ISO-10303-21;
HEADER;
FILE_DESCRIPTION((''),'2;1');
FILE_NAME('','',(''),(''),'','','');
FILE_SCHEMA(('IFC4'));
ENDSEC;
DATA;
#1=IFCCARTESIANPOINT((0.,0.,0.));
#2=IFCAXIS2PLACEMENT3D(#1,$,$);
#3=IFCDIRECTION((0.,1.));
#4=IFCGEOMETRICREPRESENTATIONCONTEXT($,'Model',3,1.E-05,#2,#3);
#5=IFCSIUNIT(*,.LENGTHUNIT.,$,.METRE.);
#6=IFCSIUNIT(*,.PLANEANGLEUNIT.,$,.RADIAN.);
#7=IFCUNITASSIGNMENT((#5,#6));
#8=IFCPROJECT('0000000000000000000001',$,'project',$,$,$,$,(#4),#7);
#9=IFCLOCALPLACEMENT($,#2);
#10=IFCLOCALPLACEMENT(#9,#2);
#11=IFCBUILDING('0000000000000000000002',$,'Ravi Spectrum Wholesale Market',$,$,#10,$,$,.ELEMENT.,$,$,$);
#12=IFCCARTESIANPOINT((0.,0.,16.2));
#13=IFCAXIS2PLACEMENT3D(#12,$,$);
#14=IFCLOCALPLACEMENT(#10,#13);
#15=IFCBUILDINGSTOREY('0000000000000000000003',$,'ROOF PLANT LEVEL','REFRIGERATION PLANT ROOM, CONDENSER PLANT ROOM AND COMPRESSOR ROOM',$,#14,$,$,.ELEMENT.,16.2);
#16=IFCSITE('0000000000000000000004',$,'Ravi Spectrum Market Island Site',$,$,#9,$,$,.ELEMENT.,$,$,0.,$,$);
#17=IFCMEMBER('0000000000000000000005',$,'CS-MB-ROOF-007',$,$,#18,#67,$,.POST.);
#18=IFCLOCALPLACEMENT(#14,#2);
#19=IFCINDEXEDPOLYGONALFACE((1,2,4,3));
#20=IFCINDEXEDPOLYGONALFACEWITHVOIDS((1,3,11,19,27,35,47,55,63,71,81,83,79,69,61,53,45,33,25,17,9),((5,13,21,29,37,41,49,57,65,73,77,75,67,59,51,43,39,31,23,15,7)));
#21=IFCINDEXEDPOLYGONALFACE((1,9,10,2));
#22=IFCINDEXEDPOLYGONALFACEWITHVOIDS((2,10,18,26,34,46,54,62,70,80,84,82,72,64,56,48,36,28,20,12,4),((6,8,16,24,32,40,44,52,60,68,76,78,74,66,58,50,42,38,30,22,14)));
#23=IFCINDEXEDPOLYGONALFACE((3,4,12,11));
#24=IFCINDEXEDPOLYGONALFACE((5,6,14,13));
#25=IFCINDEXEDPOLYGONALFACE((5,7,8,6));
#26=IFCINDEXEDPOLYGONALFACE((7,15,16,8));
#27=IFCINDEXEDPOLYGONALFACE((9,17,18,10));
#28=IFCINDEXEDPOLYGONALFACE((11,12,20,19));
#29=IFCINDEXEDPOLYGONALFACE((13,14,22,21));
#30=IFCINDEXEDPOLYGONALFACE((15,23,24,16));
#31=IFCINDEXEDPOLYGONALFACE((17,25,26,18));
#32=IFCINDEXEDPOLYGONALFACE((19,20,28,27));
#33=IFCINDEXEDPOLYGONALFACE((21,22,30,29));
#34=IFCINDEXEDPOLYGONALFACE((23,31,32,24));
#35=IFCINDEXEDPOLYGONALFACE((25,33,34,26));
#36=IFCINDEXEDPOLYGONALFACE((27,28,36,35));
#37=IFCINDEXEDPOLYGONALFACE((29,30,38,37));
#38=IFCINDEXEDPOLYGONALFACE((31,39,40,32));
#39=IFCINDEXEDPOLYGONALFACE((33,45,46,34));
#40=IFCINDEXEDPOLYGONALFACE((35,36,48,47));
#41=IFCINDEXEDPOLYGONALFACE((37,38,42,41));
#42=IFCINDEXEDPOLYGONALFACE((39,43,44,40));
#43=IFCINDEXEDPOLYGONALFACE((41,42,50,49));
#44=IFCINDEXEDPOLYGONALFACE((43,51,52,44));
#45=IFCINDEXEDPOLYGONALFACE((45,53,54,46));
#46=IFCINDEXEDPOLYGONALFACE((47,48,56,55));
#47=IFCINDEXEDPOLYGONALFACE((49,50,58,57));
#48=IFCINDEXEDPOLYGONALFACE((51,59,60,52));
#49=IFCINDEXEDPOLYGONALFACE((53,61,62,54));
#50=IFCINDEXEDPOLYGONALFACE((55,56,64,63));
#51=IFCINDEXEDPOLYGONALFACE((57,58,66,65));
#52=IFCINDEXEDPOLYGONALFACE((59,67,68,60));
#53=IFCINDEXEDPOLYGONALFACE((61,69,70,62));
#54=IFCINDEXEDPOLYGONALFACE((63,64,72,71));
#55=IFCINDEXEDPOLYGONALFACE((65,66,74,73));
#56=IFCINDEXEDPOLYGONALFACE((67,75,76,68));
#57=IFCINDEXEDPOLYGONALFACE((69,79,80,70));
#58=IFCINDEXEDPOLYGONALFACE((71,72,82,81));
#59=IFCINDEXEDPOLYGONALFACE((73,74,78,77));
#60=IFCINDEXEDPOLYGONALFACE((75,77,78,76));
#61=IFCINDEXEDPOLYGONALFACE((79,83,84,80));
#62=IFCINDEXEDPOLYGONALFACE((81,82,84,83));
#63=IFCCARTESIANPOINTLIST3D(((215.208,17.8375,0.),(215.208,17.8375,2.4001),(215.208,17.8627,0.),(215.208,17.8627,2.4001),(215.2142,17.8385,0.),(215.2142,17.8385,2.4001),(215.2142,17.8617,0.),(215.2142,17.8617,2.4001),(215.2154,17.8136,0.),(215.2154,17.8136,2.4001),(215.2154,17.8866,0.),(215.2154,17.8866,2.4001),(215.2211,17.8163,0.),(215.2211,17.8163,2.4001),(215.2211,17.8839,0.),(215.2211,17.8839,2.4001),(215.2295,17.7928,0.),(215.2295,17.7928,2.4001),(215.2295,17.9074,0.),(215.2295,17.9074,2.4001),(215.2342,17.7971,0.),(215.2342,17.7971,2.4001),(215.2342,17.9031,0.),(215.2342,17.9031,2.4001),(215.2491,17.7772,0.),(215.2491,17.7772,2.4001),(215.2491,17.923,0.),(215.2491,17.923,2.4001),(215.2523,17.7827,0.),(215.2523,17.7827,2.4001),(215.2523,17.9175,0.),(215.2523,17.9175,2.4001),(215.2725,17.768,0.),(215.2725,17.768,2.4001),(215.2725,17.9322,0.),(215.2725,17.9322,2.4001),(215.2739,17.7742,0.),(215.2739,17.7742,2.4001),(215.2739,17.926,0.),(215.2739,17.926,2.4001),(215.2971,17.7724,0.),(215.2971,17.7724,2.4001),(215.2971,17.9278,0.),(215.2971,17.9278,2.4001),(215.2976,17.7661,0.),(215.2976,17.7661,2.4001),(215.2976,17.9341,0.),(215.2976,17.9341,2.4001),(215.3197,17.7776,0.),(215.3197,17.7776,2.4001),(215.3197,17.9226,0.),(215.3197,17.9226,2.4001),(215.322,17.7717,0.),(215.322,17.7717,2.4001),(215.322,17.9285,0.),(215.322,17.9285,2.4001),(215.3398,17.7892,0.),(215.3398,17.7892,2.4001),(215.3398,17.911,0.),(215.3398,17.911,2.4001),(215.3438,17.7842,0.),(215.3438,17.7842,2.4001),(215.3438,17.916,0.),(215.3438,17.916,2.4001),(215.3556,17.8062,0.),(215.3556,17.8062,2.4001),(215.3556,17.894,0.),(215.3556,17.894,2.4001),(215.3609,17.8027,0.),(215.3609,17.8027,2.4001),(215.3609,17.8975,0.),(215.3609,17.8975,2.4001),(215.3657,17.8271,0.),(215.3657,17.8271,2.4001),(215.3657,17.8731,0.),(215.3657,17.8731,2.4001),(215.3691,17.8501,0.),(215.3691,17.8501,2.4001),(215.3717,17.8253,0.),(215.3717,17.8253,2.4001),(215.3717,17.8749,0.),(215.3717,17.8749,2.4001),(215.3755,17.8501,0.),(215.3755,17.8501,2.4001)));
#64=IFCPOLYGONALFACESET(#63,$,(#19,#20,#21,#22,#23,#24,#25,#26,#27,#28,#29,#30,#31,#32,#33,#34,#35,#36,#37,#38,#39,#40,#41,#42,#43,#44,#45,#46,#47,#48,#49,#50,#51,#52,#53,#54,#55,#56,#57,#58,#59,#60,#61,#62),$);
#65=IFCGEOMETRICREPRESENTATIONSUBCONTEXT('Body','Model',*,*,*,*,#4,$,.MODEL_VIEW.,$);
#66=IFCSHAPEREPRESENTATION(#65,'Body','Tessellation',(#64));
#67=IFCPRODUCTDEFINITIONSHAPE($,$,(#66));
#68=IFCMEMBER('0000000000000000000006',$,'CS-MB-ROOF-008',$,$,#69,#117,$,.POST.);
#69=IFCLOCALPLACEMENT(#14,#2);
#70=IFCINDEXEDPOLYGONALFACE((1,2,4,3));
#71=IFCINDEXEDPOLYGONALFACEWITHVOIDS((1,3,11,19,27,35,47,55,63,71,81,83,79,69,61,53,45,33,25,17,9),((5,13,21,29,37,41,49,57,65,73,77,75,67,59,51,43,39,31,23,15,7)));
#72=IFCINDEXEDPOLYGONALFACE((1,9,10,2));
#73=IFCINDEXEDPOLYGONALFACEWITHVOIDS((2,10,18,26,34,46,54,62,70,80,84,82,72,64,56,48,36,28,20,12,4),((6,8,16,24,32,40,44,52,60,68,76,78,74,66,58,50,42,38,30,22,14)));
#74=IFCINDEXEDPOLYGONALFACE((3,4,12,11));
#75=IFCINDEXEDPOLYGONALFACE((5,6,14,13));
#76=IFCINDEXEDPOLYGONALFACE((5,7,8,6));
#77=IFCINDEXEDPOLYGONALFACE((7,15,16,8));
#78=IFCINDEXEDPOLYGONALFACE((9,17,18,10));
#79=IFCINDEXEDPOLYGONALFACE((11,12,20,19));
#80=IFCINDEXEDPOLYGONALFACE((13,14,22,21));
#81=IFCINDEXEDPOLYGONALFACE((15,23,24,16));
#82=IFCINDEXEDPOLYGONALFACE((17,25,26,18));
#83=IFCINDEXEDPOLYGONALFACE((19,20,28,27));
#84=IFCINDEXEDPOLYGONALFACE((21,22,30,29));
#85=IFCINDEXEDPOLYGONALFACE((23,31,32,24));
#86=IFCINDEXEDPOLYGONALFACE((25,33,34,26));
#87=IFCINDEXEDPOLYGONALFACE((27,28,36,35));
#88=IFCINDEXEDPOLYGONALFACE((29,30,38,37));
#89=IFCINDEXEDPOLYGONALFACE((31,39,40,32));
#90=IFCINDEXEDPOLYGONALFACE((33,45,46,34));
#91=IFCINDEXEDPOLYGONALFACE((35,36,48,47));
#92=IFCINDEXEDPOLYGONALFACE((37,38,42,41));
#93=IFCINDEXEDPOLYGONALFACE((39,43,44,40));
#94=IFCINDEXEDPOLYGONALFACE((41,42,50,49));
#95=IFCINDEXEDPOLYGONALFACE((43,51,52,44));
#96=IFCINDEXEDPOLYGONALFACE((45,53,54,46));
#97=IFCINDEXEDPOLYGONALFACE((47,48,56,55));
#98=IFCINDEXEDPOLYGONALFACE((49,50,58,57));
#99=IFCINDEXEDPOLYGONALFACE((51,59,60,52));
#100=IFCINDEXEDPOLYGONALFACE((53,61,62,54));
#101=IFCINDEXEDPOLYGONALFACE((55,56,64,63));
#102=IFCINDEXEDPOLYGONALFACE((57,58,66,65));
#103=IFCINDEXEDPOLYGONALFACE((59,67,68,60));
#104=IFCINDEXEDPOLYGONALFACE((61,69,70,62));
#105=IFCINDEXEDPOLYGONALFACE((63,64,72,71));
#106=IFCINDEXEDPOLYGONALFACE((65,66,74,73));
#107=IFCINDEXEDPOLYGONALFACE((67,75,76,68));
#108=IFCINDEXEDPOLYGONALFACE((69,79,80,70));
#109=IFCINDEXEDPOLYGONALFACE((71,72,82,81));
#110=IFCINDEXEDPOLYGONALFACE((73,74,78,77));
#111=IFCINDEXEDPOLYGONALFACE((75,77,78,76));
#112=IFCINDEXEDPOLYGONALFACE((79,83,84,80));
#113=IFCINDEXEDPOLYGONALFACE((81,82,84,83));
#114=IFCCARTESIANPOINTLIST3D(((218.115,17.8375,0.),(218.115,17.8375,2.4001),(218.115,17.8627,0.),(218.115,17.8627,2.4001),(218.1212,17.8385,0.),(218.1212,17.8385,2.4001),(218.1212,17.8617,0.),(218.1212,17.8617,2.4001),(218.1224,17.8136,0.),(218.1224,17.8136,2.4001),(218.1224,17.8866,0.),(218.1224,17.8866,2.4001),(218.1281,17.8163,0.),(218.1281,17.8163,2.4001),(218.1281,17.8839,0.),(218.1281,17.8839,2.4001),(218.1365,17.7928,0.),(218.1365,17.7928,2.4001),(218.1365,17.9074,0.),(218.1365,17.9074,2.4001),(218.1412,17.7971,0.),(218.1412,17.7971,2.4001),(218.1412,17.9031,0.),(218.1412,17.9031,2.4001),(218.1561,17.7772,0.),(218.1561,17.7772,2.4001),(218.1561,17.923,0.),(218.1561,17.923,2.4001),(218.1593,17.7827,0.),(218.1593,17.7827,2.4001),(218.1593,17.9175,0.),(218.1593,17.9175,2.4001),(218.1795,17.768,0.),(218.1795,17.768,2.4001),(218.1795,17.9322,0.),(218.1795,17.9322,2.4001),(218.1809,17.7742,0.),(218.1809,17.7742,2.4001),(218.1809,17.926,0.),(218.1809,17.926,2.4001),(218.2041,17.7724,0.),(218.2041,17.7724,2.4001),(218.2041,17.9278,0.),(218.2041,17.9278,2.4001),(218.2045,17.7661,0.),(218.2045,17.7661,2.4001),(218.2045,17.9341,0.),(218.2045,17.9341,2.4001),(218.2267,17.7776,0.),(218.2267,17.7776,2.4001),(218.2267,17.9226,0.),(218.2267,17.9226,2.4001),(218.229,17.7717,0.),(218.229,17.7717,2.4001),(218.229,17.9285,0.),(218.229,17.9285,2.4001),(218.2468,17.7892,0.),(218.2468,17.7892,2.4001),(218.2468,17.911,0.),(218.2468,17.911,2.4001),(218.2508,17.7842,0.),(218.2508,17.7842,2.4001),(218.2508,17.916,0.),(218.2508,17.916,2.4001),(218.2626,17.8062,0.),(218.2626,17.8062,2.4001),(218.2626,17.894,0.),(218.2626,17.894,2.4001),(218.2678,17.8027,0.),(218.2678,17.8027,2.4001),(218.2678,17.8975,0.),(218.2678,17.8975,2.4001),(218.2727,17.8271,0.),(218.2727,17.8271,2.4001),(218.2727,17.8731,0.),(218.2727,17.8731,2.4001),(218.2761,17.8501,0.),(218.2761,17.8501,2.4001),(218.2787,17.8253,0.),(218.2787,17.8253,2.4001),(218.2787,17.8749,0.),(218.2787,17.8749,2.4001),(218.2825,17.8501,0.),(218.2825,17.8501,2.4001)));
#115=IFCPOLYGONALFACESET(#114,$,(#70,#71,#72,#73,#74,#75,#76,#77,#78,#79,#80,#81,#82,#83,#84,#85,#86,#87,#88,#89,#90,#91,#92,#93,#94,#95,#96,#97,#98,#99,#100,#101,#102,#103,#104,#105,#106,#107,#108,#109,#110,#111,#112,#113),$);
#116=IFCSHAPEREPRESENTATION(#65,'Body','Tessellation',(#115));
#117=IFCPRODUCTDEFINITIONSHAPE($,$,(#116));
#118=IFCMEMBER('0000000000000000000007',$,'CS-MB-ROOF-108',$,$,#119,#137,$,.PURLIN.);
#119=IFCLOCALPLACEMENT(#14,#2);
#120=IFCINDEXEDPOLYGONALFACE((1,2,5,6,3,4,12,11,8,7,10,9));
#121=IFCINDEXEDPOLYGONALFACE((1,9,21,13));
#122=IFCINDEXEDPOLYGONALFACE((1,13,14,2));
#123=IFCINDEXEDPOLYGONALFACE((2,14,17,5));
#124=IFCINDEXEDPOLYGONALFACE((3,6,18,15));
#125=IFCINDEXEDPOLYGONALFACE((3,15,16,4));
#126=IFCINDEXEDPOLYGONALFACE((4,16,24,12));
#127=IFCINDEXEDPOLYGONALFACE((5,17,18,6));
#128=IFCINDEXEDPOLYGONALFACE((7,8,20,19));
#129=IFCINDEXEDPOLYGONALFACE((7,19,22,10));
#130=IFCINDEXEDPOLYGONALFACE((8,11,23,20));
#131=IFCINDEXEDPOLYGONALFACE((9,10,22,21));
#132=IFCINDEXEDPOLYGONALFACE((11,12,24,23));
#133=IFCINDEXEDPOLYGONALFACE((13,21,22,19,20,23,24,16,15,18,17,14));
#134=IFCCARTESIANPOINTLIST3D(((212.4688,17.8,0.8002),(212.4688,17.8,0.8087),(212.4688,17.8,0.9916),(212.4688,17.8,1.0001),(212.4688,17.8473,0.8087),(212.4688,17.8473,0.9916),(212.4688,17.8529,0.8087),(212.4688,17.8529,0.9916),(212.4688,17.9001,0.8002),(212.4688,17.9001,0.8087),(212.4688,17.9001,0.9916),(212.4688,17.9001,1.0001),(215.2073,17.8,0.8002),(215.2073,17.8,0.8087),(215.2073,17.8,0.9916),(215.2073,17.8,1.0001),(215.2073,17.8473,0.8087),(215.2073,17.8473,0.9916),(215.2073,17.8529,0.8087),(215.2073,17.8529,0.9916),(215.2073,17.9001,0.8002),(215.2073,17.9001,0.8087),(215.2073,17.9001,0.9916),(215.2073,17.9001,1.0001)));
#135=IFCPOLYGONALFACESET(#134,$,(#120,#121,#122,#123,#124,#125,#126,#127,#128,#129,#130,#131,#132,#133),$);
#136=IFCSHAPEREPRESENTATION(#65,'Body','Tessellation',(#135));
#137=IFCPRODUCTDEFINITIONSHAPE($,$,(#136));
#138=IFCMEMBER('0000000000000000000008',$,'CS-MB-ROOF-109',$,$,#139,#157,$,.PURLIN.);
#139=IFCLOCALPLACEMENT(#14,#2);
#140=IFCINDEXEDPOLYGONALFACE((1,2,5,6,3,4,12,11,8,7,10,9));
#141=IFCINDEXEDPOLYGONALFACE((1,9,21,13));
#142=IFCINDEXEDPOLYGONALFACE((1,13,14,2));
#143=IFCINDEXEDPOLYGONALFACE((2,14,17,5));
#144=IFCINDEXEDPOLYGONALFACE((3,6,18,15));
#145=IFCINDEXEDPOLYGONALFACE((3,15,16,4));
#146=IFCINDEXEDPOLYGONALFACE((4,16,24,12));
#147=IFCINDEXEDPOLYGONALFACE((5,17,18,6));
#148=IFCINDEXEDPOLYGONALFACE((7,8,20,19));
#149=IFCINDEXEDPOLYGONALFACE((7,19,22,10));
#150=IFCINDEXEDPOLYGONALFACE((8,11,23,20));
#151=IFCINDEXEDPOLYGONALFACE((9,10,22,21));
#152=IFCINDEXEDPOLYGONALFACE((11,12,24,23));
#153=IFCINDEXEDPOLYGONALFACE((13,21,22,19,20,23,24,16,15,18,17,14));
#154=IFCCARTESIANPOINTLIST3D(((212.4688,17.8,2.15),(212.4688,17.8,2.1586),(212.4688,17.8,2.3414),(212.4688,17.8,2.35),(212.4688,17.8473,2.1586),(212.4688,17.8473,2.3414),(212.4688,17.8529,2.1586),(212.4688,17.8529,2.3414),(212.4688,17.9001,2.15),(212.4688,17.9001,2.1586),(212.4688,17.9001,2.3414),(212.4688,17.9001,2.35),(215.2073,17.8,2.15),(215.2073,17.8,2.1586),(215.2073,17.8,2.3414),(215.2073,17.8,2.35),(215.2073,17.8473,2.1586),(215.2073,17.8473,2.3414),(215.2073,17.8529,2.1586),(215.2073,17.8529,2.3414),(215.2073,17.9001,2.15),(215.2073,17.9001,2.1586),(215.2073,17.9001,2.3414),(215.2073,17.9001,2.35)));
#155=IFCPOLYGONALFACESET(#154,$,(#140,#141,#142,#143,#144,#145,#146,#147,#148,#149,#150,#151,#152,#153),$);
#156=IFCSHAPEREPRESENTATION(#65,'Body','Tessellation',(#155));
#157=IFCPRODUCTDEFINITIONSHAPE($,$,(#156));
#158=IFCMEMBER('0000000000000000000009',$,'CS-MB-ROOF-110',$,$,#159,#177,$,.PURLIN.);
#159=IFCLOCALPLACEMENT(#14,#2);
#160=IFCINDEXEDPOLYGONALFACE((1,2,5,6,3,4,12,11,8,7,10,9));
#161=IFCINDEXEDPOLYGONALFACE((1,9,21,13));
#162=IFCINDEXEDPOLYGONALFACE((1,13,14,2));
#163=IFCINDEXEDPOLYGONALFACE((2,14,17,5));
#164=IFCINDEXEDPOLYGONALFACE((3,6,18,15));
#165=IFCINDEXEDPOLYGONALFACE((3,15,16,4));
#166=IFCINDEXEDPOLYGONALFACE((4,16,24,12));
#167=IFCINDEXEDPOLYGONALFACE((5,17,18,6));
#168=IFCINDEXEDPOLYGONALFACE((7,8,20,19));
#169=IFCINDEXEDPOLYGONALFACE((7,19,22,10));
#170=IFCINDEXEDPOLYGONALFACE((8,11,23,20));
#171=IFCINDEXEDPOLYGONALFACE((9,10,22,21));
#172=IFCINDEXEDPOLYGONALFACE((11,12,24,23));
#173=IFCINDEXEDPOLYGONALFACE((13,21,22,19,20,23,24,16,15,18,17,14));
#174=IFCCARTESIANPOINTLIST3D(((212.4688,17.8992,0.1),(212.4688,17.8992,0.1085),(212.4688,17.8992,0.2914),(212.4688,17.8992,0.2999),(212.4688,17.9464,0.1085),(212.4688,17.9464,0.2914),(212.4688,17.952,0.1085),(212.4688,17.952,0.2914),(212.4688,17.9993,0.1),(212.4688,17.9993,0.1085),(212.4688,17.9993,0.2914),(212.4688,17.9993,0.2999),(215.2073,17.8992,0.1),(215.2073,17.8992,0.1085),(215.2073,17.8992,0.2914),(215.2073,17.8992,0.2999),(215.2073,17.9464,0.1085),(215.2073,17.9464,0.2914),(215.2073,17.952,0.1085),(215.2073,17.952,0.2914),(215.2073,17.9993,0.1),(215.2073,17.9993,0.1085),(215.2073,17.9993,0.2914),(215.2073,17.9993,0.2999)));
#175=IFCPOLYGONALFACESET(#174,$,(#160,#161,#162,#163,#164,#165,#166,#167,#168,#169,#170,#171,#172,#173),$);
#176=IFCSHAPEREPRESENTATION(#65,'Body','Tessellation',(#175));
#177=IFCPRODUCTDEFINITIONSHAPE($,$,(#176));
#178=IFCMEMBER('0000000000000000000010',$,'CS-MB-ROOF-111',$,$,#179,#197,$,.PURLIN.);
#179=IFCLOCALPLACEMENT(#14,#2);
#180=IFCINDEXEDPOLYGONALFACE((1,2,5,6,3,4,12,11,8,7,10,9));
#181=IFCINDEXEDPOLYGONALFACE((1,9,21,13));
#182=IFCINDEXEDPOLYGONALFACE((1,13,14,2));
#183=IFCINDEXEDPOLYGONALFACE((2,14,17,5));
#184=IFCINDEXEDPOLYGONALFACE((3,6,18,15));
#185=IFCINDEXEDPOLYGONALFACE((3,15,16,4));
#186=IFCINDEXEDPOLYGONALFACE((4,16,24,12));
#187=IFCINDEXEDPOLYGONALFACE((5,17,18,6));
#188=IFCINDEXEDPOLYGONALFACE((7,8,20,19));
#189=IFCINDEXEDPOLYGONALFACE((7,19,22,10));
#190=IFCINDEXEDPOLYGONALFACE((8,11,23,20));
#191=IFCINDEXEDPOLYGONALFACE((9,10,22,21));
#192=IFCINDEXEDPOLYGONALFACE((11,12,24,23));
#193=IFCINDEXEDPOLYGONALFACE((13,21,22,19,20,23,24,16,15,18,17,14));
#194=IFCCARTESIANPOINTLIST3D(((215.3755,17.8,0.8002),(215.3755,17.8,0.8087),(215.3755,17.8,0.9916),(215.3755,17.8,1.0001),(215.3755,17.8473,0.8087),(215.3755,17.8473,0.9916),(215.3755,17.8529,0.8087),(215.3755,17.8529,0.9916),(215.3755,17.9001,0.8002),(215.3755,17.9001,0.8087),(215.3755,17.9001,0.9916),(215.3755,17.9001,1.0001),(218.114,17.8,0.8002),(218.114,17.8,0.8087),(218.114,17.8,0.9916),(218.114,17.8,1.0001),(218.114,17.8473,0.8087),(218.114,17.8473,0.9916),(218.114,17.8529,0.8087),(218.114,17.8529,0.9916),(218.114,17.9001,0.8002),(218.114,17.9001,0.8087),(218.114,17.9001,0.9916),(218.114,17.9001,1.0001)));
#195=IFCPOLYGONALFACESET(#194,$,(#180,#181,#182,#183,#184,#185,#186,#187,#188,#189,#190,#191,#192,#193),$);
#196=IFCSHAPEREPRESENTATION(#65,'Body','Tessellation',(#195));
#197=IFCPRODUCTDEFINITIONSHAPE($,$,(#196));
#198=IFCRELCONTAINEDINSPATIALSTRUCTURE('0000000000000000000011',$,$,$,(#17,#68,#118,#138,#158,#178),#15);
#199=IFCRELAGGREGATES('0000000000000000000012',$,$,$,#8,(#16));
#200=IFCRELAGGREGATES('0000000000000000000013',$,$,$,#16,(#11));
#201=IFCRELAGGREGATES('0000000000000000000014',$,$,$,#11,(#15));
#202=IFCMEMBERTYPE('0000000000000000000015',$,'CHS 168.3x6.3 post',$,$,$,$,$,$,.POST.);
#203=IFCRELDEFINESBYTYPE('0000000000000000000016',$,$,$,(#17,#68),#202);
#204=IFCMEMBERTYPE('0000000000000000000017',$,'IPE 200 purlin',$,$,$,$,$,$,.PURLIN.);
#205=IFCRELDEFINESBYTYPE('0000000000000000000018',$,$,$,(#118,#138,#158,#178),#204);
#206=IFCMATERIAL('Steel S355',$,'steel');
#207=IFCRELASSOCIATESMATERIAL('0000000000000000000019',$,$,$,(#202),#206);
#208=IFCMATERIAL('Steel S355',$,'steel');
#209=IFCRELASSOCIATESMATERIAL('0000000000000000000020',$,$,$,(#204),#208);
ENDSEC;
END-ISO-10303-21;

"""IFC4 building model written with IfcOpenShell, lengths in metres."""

from ifc_helpers import new_model, si_unit, direction, frame, origin, origin_2d, place, context, subcontext, project, spatial, hollow_circle, i_section, extrude, material, material_profile, profile_set, type_object, element, save


model = new_model("IFC4")

# Units and contexts
model_context = context("Model", 3, precision=1e-05, world=origin(), true_north=direction((0.0, 1.0)))
body_context = subcontext(model_context, "Body", "Model", "MODEL_VIEW")
ifc_project = project(units=[si_unit("LENGTHUNIT", "METRE"), si_unit("PLANEANGLEUNIT", "RADIAN")], contexts=[model_context])

# Site, building, storey
site_placement = place(None, origin())
site = spatial("IfcSite", under=ifc_project, at=site_placement, Name="Ravi Spectrum Market Island Site", CompositionType="ELEMENT", RefElevation=0.0)
building_placement = place(site_placement, origin())
building = spatial("IfcBuilding", under=site, at=building_placement, Name="Ravi Spectrum Wholesale Market", CompositionType="ELEMENT")
storey_placement = place(building_placement, frame((0.0, 0.0, 16.2)))
storey = spatial("IfcBuildingStorey", under=building, at=storey_placement, Name="ROOF PLANT LEVEL", Description="REFRIGERATION PLANT ROOM, CONDENSER PLANT ROOM AND COMPRESSOR ROOM", CompositionType="ELEMENT", Elevation=16.2)

# Members
ifc_material_1 = material(Name="Steel S355", Category="steel")
ifc_material_profile_1 = material_profile(ifc_material_1, hollow_circle(Radius=0.0842, WallThickness=0.0063, at=origin_2d()))
ifc_profile_set_1 = profile_set([ifc_material_profile_1], Name="Steel S355")
member_type_1 = type_object("IfcMemberType", Name="CHS 168.3x6.3 post", PredefinedType="POST", material=ifc_profile_set_1)
for number, where, z_axis, x_axis, name in (
    (1, (215.2913, 17.8501, 0.0), (0.0, 0.0, 1.0), (1.0, 0.0, 0.0), "CS-MB-ROOF-007"),
    (2, (218.1982, 17.8501, 0.0), (0.0, 0.0, 1.0), (1.0, 0.0, 0.0), "CS-MB-ROOF-008"),
):
    element("IfcMember", number, at=place(storey_placement, frame(where, z_axis=z_axis, x_axis=x_axis)), inside=storey, type_object=member_type_1, Name=name, PredefinedType="POST", context=body_context, shape_type="SweptSolid", body=[
        extrude(hollow_circle(Radius=0.0842, WallThickness=0.0063, at=origin_2d()), origin(), (0.0, 0.0, 1.0), 2.4001),
    ])
ifc_material_2 = material(Name="Steel S355", Category="steel")
ifc_material_profile_2 = material_profile(ifc_material_2, i_section(OverallWidth=0.1001, OverallDepth=0.2, WebThickness=0.0056, FlangeThickness=0.0085, at=origin_2d()))
ifc_profile_set_2 = profile_set([ifc_material_profile_2], Name="Steel S355")
member_type_2 = type_object("IfcMemberType", Name="IPE 200 purlin", PredefinedType="PURLIN", material=ifc_profile_set_2)
for number, where, z_axis, x_axis, name in (
    (3, (212.4688, 17.8501, 0.9001), (1.0, 0.0, 0.0), (0.0, 1.0, 0.0), "CS-MB-ROOF-108"),
    (4, (212.4688, 17.8501, 2.25), (1.0, 0.0, 0.0), (0.0, 1.0, 0.0), "CS-MB-ROOF-109"),
    (5, (212.4688, 17.9492, 0.2), (1.0, 0.0, 0.0), (0.0, 1.0, 0.0), "CS-MB-ROOF-110"),
    (6, (215.3755, 17.8501, 0.9001), (1.0, 0.0, 0.0), (0.0, 1.0, 0.0), "CS-MB-ROOF-111"),
):
    element("IfcMember", number, at=place(storey_placement, frame(where, z_axis=z_axis, x_axis=x_axis)), inside=storey, type_object=member_type_2, Name=name, PredefinedType="PURLIN", context=body_context, shape_type="SweptSolid", body=[
        extrude(i_section(OverallWidth=0.1001, OverallDepth=0.2, WebThickness=0.0056, FlangeThickness=0.0085, at=origin_2d()), origin(), (0.0, 0.0, 1.0), 2.7385),
    ])

save(model, "model.ifc")
